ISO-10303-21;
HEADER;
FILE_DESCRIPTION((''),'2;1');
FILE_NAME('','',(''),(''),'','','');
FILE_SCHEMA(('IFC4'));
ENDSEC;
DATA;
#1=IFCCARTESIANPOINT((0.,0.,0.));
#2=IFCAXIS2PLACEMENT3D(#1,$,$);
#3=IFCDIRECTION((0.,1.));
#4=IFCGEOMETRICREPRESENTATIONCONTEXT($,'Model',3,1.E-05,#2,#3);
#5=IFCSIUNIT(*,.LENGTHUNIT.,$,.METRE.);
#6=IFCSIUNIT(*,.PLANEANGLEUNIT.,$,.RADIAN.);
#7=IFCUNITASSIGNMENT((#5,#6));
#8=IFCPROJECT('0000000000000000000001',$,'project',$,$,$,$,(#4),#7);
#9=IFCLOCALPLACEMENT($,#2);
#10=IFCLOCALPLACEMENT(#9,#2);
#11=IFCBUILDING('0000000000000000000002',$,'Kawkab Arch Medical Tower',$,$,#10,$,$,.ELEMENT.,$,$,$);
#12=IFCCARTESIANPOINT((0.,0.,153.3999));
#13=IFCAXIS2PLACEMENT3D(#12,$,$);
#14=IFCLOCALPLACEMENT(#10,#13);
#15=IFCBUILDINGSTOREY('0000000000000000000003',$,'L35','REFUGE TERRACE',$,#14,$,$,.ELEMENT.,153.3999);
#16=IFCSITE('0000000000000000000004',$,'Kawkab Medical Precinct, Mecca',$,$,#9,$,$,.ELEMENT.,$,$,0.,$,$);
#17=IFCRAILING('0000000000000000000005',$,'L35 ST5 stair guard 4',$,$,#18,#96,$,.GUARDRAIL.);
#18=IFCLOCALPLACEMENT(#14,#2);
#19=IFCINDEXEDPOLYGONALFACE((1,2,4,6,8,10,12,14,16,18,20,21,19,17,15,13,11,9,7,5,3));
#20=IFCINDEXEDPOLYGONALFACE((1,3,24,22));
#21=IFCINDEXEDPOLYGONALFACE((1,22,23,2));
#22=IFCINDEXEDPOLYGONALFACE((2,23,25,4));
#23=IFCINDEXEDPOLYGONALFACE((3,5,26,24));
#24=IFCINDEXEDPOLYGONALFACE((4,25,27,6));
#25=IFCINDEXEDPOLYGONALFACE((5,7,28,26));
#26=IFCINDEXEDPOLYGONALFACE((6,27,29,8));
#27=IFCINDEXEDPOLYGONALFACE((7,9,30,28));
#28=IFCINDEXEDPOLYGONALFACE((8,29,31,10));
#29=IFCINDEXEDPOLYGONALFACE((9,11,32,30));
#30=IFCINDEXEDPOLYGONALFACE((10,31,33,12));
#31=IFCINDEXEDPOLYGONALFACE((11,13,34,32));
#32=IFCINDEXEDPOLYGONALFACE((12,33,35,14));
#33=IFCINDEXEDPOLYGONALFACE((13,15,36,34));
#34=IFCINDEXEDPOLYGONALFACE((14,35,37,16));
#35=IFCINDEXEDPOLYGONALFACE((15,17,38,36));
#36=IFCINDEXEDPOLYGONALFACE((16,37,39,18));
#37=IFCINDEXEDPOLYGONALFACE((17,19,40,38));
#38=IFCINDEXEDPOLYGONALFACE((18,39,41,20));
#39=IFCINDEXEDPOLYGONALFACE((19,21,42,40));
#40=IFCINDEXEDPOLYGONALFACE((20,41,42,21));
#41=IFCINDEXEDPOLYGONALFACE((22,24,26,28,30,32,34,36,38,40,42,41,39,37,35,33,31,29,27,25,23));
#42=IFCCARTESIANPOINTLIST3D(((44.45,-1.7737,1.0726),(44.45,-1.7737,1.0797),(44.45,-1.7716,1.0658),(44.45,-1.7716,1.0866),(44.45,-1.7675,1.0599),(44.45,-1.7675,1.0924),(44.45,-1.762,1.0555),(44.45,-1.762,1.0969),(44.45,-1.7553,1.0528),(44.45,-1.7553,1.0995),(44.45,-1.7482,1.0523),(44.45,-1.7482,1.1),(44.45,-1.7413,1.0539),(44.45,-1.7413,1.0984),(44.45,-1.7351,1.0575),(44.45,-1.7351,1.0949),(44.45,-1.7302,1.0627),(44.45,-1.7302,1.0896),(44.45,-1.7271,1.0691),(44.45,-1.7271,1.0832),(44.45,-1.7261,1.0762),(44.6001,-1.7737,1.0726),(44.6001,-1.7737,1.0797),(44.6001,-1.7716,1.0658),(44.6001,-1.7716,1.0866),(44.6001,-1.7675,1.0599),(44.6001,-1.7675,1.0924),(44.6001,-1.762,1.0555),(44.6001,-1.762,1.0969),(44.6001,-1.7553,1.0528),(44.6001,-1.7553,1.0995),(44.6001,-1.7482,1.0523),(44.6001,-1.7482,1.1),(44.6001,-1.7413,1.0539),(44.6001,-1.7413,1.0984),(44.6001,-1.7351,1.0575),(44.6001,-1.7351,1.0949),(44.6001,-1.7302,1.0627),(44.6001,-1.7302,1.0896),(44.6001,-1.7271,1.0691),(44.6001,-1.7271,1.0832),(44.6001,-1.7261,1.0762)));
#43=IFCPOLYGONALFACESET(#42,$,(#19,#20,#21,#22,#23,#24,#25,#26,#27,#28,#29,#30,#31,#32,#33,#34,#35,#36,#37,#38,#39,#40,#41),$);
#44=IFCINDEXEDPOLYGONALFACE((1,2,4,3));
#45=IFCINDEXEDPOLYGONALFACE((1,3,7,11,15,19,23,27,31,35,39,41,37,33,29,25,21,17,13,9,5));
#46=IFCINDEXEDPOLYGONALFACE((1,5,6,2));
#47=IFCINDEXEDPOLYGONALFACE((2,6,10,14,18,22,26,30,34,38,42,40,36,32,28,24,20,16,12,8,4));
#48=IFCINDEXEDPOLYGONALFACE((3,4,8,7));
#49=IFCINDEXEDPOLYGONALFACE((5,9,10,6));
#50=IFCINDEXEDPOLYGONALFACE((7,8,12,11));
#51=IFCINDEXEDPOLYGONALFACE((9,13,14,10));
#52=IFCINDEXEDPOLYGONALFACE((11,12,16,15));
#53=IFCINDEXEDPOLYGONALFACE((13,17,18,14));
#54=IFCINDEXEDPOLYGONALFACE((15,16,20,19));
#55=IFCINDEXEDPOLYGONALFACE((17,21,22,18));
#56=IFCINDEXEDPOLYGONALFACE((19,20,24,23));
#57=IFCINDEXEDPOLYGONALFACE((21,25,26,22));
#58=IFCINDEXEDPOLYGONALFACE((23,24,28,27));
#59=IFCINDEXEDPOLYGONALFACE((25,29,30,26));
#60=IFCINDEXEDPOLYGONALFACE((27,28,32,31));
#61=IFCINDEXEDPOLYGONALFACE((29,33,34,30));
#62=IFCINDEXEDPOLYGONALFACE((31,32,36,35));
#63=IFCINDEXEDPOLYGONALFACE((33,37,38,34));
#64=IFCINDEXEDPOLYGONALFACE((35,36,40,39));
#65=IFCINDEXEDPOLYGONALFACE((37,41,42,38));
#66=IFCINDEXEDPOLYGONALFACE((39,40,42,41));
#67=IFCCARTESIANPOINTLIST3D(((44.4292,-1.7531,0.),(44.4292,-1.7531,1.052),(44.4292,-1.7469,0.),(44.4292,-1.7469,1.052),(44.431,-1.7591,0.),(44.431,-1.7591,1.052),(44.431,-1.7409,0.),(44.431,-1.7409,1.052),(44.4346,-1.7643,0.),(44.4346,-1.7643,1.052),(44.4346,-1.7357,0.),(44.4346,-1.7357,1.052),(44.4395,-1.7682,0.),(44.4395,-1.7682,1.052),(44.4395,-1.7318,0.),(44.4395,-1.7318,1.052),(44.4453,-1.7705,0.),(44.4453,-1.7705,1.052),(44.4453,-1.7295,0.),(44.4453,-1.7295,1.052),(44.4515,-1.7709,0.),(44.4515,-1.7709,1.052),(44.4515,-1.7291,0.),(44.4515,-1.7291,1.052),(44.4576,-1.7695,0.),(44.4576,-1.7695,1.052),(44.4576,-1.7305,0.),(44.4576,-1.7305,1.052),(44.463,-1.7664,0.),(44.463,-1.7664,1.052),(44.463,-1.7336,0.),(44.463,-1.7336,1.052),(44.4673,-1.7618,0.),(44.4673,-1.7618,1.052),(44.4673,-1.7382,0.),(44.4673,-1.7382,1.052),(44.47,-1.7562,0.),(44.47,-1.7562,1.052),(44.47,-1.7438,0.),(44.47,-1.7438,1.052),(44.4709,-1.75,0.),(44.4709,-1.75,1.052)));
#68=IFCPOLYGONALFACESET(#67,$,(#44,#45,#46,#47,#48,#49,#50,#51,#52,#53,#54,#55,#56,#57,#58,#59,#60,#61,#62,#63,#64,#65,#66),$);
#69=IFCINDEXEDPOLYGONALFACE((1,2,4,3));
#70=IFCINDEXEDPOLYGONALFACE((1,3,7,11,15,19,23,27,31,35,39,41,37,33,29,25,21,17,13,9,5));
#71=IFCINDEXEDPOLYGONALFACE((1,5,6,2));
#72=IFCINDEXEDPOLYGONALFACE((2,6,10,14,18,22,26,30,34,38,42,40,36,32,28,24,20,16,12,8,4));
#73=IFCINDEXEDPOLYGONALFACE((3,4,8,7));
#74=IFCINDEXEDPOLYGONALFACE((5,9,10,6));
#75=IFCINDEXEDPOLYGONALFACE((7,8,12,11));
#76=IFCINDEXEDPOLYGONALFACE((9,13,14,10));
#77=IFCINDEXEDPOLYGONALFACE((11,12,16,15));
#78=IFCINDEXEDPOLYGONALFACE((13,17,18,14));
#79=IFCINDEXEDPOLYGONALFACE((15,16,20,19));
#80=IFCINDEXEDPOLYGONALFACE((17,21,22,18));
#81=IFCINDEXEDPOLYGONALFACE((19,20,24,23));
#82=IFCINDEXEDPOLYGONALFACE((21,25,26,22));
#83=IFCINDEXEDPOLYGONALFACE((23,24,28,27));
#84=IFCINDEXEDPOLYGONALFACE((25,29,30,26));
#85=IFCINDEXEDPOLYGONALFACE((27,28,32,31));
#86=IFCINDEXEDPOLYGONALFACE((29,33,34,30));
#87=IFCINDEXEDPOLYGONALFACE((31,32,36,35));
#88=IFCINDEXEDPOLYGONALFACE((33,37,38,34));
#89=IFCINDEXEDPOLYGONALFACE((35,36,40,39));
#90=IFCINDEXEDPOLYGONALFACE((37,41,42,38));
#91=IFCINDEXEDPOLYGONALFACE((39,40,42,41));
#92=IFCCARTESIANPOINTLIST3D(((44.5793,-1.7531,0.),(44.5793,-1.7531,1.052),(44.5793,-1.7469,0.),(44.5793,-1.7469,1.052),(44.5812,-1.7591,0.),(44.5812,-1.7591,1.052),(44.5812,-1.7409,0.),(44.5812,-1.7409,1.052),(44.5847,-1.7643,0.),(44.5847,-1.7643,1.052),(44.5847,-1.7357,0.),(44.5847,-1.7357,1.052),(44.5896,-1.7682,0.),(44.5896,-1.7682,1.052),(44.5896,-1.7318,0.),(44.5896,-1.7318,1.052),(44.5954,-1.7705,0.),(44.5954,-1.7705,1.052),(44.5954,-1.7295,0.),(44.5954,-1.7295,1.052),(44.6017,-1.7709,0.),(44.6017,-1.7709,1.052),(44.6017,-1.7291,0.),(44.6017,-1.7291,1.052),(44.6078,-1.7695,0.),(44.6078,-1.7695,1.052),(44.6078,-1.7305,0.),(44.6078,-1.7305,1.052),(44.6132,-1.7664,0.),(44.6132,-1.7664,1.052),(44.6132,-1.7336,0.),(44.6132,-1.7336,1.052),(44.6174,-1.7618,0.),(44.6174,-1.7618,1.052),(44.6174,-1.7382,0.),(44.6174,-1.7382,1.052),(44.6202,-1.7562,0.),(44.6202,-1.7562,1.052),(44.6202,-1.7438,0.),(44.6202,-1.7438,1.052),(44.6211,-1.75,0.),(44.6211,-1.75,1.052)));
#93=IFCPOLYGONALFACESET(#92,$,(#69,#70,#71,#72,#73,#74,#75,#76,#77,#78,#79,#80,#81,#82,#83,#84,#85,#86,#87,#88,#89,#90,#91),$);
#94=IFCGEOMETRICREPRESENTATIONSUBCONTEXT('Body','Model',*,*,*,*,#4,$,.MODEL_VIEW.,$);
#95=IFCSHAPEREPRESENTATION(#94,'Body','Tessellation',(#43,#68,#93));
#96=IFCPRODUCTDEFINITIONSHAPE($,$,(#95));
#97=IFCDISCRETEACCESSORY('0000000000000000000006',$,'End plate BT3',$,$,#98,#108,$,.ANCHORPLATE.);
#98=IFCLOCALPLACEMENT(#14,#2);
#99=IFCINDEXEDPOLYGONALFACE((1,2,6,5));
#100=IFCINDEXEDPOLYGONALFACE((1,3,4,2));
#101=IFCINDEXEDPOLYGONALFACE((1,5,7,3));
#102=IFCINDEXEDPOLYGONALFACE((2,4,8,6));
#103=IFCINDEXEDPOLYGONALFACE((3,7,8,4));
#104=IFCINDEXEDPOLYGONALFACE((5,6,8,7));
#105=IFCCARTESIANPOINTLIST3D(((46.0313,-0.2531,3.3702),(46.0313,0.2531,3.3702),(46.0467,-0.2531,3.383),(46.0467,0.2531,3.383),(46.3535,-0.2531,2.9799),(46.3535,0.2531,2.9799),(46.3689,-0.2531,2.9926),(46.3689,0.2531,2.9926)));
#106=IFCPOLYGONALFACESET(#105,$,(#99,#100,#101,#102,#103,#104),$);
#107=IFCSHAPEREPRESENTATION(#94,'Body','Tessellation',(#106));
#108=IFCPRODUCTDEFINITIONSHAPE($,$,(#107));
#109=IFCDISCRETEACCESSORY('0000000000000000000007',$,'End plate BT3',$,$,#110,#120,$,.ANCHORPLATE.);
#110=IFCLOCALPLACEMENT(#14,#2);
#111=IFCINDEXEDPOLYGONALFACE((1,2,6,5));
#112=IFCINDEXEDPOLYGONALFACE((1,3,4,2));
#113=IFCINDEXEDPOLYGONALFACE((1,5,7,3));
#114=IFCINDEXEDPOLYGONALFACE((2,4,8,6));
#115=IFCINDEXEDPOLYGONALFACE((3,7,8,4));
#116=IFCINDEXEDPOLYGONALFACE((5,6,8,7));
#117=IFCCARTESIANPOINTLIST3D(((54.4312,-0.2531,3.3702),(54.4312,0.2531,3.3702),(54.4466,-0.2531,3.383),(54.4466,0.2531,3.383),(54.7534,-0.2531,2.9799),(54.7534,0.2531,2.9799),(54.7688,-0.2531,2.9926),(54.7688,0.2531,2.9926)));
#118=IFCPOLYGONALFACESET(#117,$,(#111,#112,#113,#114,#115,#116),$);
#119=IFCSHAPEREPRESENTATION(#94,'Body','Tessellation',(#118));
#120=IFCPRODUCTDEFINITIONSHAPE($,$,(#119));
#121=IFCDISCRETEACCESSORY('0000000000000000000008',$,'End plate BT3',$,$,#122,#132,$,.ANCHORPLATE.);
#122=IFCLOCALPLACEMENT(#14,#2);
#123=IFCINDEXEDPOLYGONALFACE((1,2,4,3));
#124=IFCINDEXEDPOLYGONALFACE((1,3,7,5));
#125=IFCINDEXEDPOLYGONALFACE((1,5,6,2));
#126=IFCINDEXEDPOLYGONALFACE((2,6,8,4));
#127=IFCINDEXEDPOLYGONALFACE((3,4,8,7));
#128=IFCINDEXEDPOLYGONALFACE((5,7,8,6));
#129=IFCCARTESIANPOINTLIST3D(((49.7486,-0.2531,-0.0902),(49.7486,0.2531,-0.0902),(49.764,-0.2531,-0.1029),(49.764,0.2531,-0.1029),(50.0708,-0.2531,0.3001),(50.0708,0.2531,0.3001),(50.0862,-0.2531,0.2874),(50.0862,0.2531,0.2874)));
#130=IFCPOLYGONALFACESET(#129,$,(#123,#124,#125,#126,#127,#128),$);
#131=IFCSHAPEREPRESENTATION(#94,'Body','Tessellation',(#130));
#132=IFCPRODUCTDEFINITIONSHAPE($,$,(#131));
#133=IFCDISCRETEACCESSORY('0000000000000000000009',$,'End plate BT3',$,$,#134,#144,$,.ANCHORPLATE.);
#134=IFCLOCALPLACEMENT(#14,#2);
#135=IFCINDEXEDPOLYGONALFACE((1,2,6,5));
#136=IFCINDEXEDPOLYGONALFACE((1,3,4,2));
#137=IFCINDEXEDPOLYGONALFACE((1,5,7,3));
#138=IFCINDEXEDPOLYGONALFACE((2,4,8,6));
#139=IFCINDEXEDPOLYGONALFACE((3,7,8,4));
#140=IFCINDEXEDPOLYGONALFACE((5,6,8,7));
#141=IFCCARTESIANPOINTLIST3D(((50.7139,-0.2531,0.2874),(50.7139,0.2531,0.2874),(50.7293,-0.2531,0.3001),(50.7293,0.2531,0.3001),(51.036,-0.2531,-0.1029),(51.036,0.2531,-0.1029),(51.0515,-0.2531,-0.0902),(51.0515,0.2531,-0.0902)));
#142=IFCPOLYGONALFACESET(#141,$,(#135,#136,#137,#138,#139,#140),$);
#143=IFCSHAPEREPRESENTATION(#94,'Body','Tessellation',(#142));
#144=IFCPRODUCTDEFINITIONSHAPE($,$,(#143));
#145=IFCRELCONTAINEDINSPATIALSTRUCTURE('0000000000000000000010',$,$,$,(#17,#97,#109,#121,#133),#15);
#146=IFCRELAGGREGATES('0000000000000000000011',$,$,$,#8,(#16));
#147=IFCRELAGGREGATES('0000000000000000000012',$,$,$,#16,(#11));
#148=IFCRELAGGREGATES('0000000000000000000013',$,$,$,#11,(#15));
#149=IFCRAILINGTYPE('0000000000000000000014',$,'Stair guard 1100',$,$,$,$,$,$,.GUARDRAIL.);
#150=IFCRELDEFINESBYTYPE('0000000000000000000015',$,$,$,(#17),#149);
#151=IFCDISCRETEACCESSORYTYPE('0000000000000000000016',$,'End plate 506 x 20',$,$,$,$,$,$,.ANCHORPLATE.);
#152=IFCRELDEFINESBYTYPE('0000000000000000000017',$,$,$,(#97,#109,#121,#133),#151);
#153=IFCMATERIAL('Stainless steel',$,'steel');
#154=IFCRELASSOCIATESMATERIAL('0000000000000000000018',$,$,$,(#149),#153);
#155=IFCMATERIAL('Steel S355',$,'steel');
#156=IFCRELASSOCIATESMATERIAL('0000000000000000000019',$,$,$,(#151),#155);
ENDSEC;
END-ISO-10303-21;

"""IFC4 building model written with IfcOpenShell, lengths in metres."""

from ifc_helpers import new_model, si_unit, direction, frame, origin, origin_2d, place, context, subcontext, project, spatial, rectangle, circle, extrude, material, material_profile, profile_set, type_object, element, save


model = new_model("IFC4")

# Units and contexts
model_context = context("Model", 3, precision=1e-05, world=origin(), true_north=direction((0.0, 1.0)))
body_context = subcontext(model_context, "Body", "Model", "MODEL_VIEW")
ifc_project = project(units=[si_unit("LENGTHUNIT", "METRE"), si_unit("PLANEANGLEUNIT", "RADIAN")], contexts=[model_context])

# Site, building, storey
site_placement = place(None, origin())
site = spatial("IfcSite", under=ifc_project, at=site_placement, Name="Kawkab Medical Precinct, Mecca", CompositionType="ELEMENT", RefElevation=0.0)
building_placement = place(site_placement, origin())
building = spatial("IfcBuilding", under=site, at=building_placement, Name="Kawkab Arch Medical Tower", CompositionType="ELEMENT")
storey_placement = place(building_placement, frame((0.0, 0.0, 153.3999)))
storey = spatial("IfcBuildingStorey", under=building, at=storey_placement, Name="L35", Description="REFUGE TERRACE", CompositionType="ELEMENT", Elevation=153.3999)

# Railing
ifc_material_1 = material(Name="Stainless steel", Category="steel")
railing_type_1 = type_object("IfcRailingType", Name="Stair guard 1100", PredefinedType="GUARDRAIL", material=ifc_material_1)
railing_1_placement = place(storey_placement, frame((44.45, -1.75, 0.0)))
element("IfcRailing", 1, at=railing_1_placement, inside=storey, type_object=railing_type_1, Name="L35 ST5 stair guard 4", PredefinedType="GUARDRAIL", context=body_context, shape_type="SweptSolid", body=[
    extrude(circle(Radius=0.0239, at=origin_2d()), frame((0.0, 0.0, 1.0762), z_axis=(1.0, 0.0, 0.0), x_axis=(0.0, 1.0, 0.0)), (0.0, 0.0, 1.0), 0.1501),
    extrude(circle(Radius=0.021, at=origin_2d()), origin(), (0.0, 0.0, 1.0), 1.052),
    extrude(circle(Radius=0.021, at=origin_2d()), frame((0.1501, 0.0, 0.0)), (0.0, 0.0, 1.0), 1.052),
])

# Discrete accessories
ifc_material_2 = material(Name="Steel S355", Category="steel")
ifc_material_profile_1 = material_profile(ifc_material_2, rectangle(XDim=0.5061, YDim=0.5061, at=origin_2d()), Name="End plate 506 x 20")
ifc_profile_set_1 = profile_set([ifc_material_profile_1], Name="Steel S355")
discrete_accessory_type = type_object("IfcDiscreteAccessoryType", Name="End plate 506 x 20", PredefinedType="ANCHORPLATE", material=ifc_profile_set_1)
for number, where, z_axis, x_axis, name in (
    (2, (46.1924, 0.0, 3.175), (0.771223, 0.0, 0.636565), (0.0, 1.0, 0.0), "End plate BT3"),
    (3, (54.5923, 0.0, 3.175), (0.771223, 0.0, 0.636565), (0.0, 1.0, 0.0), "End plate BT3"),
    (4, (49.9097, 0.0, 0.105), (0.771223, 0.0, -0.636565), (0.0, 1.0, 0.0), "End plate BT3"),
    (5, (50.8904, 0.0, 0.105), (-0.771223, 0.0, -0.636565), (0.0, -1.0, 0.0), "End plate BT3"),
):
    element("IfcDiscreteAccessory", number, at=place(storey_placement, frame(where, z_axis=z_axis, x_axis=x_axis)), inside=storey, type_object=discrete_accessory_type, Name=name, PredefinedType="ANCHORPLATE", context=body_context, shape_type="SweptSolid", body=[
        extrude(rectangle(XDim=0.5061, YDim=0.5061, at=origin_2d()), origin(), (0.0, 0.0, 1.0), 0.02),
    ])

save(model, "model.ifc")
